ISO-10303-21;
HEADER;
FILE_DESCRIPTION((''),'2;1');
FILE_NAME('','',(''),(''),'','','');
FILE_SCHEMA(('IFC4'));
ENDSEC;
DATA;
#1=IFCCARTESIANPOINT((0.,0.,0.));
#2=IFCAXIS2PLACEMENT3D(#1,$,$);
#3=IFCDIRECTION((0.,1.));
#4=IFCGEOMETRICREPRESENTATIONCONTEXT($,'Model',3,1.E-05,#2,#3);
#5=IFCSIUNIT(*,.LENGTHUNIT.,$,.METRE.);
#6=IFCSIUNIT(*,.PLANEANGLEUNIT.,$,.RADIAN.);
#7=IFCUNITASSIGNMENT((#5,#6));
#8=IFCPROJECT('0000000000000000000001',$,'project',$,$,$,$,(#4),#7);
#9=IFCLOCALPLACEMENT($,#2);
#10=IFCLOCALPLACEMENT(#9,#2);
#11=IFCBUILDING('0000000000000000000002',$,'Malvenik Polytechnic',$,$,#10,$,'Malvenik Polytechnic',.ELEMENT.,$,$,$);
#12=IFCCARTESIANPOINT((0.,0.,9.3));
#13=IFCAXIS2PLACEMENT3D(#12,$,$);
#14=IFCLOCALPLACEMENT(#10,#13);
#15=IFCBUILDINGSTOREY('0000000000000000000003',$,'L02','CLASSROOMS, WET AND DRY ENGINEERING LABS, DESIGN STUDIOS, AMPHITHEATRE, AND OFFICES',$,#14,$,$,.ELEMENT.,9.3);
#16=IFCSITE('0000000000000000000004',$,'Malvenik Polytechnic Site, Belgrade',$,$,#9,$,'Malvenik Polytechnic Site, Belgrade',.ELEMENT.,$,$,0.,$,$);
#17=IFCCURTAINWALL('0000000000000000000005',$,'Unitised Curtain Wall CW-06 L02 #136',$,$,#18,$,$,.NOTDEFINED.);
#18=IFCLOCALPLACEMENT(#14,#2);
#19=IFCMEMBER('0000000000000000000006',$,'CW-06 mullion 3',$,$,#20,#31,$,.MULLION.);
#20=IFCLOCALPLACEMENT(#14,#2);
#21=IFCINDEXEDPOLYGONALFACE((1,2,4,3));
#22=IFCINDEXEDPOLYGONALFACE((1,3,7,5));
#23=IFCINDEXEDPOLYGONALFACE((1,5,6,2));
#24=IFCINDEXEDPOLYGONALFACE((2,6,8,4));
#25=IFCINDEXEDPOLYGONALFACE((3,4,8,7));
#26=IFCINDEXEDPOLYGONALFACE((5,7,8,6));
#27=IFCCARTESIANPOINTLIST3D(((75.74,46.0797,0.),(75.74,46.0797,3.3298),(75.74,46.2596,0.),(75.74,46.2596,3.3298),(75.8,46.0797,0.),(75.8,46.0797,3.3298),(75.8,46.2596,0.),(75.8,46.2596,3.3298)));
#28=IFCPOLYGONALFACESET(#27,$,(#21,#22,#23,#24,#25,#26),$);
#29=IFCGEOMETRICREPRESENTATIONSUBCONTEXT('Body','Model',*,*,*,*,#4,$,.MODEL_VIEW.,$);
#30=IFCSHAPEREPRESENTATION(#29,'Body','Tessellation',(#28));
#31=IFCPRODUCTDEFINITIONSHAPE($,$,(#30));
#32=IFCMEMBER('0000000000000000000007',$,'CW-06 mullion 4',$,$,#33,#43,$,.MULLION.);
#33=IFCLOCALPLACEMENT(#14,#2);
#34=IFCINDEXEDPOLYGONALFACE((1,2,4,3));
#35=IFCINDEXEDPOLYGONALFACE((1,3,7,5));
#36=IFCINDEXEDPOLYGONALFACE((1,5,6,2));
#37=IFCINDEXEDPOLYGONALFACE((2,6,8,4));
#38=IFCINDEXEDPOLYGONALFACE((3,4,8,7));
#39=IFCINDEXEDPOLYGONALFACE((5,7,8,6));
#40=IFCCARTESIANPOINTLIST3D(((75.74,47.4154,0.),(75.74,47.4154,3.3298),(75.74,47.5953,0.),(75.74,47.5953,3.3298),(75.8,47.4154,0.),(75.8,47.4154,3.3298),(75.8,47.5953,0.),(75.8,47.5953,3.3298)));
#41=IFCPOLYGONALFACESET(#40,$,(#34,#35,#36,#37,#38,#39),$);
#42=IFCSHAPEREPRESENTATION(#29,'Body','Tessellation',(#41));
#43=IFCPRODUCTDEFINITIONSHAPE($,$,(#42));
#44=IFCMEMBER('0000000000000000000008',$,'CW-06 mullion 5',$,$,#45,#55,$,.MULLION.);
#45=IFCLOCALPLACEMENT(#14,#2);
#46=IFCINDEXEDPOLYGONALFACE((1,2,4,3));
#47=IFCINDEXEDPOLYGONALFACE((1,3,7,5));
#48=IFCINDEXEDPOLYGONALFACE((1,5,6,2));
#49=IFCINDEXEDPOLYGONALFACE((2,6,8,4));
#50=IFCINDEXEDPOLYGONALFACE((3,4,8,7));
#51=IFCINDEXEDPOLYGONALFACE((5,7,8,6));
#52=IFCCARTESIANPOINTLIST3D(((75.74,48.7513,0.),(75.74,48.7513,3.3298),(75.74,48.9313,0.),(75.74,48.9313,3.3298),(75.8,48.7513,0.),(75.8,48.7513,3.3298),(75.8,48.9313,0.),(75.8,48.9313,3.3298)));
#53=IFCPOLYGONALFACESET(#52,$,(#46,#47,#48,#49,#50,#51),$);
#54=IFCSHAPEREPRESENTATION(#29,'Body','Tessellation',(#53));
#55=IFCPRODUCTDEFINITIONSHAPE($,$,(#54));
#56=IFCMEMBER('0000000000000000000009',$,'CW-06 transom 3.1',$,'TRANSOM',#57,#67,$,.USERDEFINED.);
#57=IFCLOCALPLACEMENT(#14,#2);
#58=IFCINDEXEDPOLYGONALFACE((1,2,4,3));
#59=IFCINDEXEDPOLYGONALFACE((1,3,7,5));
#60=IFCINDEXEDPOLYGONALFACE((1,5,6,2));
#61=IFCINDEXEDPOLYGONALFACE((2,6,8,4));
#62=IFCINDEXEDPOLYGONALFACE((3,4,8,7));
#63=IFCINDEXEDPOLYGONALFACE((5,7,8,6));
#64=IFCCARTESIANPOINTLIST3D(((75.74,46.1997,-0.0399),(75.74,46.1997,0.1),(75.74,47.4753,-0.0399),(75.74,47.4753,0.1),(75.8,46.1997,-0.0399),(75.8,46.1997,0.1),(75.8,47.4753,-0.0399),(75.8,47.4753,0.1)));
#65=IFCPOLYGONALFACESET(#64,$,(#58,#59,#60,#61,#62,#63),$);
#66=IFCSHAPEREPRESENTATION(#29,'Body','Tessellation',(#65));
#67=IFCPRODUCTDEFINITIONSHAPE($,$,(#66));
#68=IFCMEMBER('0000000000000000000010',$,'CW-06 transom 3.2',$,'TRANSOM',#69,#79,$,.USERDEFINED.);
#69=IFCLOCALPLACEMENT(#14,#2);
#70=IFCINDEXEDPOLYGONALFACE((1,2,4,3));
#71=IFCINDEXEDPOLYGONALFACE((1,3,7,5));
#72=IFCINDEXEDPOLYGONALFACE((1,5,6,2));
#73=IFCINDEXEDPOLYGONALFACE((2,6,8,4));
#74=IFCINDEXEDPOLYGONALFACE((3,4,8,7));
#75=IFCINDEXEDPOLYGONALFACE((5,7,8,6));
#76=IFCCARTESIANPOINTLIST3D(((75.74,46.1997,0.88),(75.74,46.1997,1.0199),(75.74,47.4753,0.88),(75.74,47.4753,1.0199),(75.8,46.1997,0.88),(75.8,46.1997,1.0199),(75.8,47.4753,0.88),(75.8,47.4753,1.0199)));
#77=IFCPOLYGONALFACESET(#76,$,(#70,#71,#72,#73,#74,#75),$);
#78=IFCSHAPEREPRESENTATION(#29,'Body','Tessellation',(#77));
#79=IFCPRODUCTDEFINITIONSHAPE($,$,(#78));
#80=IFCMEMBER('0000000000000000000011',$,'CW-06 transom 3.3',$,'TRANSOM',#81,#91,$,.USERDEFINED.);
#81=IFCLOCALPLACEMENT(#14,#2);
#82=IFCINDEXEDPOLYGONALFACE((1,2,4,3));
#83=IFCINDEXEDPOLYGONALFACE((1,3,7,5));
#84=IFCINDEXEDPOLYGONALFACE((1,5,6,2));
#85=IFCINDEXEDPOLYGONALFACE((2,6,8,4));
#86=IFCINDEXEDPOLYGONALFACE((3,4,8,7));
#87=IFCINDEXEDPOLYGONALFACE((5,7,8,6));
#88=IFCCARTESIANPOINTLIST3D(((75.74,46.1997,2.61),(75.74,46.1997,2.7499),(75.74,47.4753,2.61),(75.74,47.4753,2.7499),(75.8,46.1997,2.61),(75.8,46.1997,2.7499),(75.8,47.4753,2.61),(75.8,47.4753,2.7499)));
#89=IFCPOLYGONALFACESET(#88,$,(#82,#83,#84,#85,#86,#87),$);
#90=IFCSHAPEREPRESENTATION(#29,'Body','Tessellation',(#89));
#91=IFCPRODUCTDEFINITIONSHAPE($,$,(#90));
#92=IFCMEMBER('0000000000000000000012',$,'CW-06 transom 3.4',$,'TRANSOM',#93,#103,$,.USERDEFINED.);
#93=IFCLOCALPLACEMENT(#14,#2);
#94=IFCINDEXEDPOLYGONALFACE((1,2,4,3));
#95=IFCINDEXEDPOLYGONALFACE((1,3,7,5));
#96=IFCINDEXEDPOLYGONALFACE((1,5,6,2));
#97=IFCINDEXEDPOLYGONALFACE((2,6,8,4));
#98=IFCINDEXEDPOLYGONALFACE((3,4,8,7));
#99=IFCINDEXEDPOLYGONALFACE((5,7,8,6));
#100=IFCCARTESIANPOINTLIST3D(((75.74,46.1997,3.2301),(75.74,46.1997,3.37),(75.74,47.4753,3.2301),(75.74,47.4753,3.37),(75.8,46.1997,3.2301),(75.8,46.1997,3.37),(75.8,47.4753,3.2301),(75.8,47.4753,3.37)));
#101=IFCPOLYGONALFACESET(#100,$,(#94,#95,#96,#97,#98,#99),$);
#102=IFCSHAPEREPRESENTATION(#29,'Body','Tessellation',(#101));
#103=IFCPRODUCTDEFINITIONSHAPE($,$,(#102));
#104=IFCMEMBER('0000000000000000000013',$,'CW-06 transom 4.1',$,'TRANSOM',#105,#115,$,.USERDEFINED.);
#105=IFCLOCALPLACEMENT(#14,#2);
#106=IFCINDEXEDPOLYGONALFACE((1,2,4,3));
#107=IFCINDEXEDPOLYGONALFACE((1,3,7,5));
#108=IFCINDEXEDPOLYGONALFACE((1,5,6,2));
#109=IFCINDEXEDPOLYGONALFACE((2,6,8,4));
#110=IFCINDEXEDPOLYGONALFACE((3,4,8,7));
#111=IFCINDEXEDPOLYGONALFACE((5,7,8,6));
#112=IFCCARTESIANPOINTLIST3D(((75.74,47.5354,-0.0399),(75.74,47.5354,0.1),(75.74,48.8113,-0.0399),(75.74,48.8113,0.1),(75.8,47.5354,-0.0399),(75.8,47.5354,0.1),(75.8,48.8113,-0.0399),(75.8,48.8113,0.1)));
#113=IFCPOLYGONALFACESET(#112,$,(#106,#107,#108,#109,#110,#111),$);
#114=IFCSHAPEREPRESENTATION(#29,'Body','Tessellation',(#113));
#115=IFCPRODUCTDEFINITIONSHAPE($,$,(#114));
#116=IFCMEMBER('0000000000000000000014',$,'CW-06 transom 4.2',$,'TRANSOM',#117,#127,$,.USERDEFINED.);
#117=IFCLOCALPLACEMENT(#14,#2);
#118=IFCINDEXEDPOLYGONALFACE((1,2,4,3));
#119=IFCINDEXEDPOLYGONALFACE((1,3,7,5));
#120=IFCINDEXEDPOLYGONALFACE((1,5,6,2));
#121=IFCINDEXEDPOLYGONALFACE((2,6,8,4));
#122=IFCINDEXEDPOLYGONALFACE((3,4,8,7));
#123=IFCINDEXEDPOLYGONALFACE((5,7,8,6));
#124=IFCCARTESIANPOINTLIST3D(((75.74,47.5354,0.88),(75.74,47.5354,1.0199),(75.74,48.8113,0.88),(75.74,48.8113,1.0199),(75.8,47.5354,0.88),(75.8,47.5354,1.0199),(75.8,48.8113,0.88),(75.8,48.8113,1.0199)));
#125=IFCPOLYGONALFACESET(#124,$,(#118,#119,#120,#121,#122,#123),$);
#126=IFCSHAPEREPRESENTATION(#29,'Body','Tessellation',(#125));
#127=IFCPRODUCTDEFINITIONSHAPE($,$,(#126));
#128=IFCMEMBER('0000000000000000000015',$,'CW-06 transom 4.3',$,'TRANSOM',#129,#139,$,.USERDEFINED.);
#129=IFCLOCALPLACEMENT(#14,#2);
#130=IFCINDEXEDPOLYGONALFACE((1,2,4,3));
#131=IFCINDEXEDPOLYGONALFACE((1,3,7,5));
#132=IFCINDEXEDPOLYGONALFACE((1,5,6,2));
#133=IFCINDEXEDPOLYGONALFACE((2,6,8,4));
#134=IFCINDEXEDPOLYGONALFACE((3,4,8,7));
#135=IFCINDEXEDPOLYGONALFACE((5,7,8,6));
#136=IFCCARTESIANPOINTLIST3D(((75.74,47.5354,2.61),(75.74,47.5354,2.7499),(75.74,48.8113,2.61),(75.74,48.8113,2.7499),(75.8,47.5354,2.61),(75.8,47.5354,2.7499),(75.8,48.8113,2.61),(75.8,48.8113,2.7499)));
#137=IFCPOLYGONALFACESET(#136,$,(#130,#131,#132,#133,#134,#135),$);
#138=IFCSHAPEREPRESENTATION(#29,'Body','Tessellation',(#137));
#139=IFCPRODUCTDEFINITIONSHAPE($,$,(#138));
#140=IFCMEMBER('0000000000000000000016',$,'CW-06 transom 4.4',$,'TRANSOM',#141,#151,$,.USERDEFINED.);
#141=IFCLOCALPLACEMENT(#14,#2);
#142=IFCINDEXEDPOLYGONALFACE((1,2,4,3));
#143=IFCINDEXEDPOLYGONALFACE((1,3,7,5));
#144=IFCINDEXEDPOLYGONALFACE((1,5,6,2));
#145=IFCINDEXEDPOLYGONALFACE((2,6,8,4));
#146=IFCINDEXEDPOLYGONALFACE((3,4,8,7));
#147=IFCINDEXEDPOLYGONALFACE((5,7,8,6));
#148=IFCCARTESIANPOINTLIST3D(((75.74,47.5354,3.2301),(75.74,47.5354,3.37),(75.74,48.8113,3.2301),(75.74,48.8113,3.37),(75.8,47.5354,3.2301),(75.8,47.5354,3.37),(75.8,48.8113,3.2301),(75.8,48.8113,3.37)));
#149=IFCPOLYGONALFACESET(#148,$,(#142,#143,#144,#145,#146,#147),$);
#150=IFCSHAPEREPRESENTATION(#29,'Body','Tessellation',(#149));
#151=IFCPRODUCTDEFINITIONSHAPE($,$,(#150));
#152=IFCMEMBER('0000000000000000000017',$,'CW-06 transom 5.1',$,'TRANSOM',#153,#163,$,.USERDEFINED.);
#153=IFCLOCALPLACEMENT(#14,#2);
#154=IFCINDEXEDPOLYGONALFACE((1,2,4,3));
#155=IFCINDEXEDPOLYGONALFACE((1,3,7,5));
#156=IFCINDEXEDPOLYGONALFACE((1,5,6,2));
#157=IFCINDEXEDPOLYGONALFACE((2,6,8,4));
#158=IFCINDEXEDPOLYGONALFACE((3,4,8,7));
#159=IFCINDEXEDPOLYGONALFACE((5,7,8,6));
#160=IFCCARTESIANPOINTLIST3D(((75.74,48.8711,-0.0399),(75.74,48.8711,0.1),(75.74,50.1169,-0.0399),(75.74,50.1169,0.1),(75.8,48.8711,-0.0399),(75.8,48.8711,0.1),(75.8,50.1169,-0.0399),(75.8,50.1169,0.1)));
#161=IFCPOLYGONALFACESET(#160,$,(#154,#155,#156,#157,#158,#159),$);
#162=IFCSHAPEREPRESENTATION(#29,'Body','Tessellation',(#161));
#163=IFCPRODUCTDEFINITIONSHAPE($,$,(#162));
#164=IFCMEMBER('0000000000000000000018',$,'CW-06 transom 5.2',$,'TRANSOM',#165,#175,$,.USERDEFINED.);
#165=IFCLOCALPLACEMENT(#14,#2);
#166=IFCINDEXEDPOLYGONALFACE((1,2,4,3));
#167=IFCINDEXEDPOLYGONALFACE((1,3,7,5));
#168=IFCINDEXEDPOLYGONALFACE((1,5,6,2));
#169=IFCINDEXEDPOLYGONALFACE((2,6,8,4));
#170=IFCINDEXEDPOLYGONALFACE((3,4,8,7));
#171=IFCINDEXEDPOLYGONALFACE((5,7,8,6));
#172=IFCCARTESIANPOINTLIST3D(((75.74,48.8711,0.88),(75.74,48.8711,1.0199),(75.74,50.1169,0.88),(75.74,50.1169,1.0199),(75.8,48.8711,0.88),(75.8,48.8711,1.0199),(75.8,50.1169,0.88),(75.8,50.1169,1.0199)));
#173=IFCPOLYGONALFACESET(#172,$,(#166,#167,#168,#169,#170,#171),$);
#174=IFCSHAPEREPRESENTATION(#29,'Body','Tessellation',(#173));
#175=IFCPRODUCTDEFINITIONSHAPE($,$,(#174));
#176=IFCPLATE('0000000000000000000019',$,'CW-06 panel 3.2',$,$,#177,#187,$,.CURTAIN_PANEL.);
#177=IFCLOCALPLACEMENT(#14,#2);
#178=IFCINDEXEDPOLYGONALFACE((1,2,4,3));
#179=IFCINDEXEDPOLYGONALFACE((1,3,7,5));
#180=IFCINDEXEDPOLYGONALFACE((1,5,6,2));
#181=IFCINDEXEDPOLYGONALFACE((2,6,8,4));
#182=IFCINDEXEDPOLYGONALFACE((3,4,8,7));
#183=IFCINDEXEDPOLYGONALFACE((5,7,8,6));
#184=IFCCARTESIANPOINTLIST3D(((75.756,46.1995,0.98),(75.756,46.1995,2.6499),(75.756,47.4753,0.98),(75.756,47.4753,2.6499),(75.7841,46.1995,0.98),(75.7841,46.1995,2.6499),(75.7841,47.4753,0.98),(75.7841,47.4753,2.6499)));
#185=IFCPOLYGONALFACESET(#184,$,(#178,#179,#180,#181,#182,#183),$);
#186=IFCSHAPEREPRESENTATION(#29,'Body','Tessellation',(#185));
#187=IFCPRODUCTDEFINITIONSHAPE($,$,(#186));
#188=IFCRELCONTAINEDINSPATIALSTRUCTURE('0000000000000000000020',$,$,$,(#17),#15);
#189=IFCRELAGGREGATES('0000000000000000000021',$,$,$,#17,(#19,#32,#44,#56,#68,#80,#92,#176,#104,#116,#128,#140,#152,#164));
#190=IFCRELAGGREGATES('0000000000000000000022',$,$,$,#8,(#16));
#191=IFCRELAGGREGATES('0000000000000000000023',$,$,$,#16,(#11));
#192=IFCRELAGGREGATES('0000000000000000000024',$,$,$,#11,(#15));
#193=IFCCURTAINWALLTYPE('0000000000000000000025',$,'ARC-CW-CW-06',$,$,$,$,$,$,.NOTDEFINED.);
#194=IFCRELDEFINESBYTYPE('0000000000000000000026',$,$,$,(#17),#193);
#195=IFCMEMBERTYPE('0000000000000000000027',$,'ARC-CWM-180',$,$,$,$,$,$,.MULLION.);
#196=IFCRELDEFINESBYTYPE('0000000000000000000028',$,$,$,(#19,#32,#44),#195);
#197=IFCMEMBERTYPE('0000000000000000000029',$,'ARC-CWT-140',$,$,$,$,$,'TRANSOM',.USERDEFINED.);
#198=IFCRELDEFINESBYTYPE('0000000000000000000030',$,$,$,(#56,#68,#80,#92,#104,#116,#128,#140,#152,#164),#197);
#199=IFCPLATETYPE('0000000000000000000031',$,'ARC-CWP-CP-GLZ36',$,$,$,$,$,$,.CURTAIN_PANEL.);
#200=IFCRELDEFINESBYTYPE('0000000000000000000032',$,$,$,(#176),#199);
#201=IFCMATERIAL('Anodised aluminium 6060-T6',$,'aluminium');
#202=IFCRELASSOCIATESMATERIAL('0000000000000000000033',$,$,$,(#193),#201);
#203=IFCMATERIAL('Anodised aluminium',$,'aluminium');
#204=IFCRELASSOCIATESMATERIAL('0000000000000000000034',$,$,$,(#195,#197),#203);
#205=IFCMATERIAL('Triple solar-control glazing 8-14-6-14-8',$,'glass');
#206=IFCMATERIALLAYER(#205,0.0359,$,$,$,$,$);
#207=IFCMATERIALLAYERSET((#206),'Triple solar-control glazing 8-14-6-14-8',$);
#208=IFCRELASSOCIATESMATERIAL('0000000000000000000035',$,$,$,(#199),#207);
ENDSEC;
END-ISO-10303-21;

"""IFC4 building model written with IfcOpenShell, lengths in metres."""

from ifc_helpers import new_model, si_unit, direction, frame, origin, origin_2d, place, context, subcontext, project, spatial, rectangle, extrude, material, layer, layer_set, material_profile, profile_set, type_object, element, aggregate, save


model = new_model("IFC4")

# Units and contexts
model_context = context("Model", 3, precision=1e-05, world=origin(), true_north=direction((0.0, 1.0)))
body_context = subcontext(model_context, "Body", "Model", "MODEL_VIEW")
ifc_project = project(units=[si_unit("LENGTHUNIT", "METRE"), si_unit("PLANEANGLEUNIT", "RADIAN")], contexts=[model_context])

# Site, building, storey
site_placement = place(None, origin())
site = spatial("IfcSite", under=ifc_project, at=site_placement, Name="Malvenik Polytechnic Site, Belgrade", LongName="Malvenik Polytechnic Site, Belgrade", CompositionType="ELEMENT", RefElevation=0.0)
building_placement = place(site_placement, origin())
building = spatial("IfcBuilding", under=site, at=building_placement, Name="Malvenik Polytechnic", LongName="Malvenik Polytechnic", CompositionType="ELEMENT")
storey_placement = place(building_placement, frame((0.0, 0.0, 9.3)))
storey = spatial("IfcBuildingStorey", under=building, at=storey_placement, Name="L02", Description="CLASSROOMS, WET AND DRY ENGINEERING LABS, DESIGN STUDIOS, AMPHITHEATRE, AND OFFICES", CompositionType="ELEMENT", Elevation=9.3)

# Curtain wall, members, plate
ifc_material_1 = material(Name="Anodised aluminium 6060-T6", Category="aluminium")
curtain_wall_type = type_object("IfcCurtainWallType", Name="ARC-CW-CW-06", PredefinedType="NOTDEFINED", material=ifc_material_1)
curtain_wall_placement = place(storey_placement, origin())
curtain_wall = element("IfcCurtainWall", 1, at=curtain_wall_placement, inside=storey, type_object=curtain_wall_type, Name="Unitised Curtain Wall CW-06 L02 #136", PredefinedType="NOTDEFINED")
ifc_material_2 = material(Name="Anodised aluminium", Category="aluminium")
ifc_material_profile_1 = material_profile(ifc_material_2, rectangle(XDim=0.0601, YDim=0.1799, at=origin_2d()), Name="ALU MULLION 60x180")
ifc_profile_set_1 = profile_set([ifc_material_profile_1], Name="Anodised aluminium")
member_type_1 = type_object("IfcMemberType", Name="ARC-CWM-180", PredefinedType="MULLION", material=ifc_profile_set_1)
member_1_placement = place(storey_placement, frame((75.77, 46.1697, 0.0), z_axis=(0.0, 0.0, 1.0), x_axis=(-1.0, 0.0, 0.0)))
member_1 = element("IfcMember", 2, at=member_1_placement, type_object=member_type_1, Name="CW-06 mullion 3", PredefinedType="MULLION", context=body_context, shape_type="SweptSolid", body=[
    extrude(rectangle(XDim=0.0601, YDim=0.1799, at=origin_2d()), origin(), (0.0, 0.0, 1.0), 3.3298),
])
member_2_placement = place(storey_placement, frame((75.77, 47.5054, 0.0), z_axis=(0.0, 0.0, 1.0), x_axis=(-1.0, 0.0, 0.0)))
member_2 = element("IfcMember", 3, at=member_2_placement, type_object=member_type_1, Name="CW-06 mullion 4", PredefinedType="MULLION", context=body_context, shape_type="SweptSolid", body=[
    extrude(rectangle(XDim=0.0601, YDim=0.1799, at=origin_2d()), origin(), (0.0, 0.0, 1.0), 3.3298),
])
member_3_placement = place(storey_placement, frame((75.77, 48.8413, 0.0), z_axis=(0.0, 0.0, 1.0), x_axis=(-1.0, 0.0, 0.0)))
member_3 = element("IfcMember", 4, at=member_3_placement, type_object=member_type_1, Name="CW-06 mullion 5", PredefinedType="MULLION", context=body_context, shape_type="SweptSolid", body=[
    extrude(rectangle(XDim=0.0601, YDim=0.1799, at=origin_2d()), origin(), (0.0, 0.0, 1.0), 3.3298),
])
ifc_material_profile_2 = material_profile(ifc_material_2, rectangle(XDim=0.0601, YDim=0.1399, at=origin_2d()), Name="ALU TRANSOM 60x140")
ifc_profile_set_2 = profile_set([ifc_material_profile_2], Name="Anodised aluminium")
member_type_2 = type_object("IfcMemberType", Name="ARC-CWT-140", ElementType="TRANSOM", PredefinedType="USERDEFINED", material=ifc_profile_set_2)
member_4_placement = place(storey_placement, frame((75.77, 46.1997, 0.03), z_axis=(0.0, 1.0, 0.0), x_axis=(-1.0, 0.0, 0.0)))
member_4 = element("IfcMember", 5, at=member_4_placement, type_object=member_type_2, Name="CW-06 transom 3.1", ObjectType="TRANSOM", PredefinedType="USERDEFINED", context=body_context, shape_type="SweptSolid", body=[
    extrude(rectangle(XDim=0.0601, YDim=0.1399, at=origin_2d()), origin(), (0.0, 0.0, 1.0), 1.2756),
])
member_5_placement = place(storey_placement, frame((75.77, 46.1997, 0.95), z_axis=(0.0, 1.0, 0.0), x_axis=(-1.0, 0.0, 0.0)))
member_5 = element("IfcMember", 6, at=member_5_placement, type_object=member_type_2, Name="CW-06 transom 3.2", ObjectType="TRANSOM", PredefinedType="USERDEFINED", context=body_context, shape_type="SweptSolid", body=[
    extrude(rectangle(XDim=0.0601, YDim=0.1399, at=origin_2d()), origin(), (0.0, 0.0, 1.0), 1.2756),
])
member_6_placement = place(storey_placement, frame((75.77, 46.1997, 2.6799), z_axis=(0.0, 1.0, 0.0), x_axis=(-1.0, 0.0, 0.0)))
member_6 = element("IfcMember", 7, at=member_6_placement, type_object=member_type_2, Name="CW-06 transom 3.3", ObjectType="TRANSOM", PredefinedType="USERDEFINED", context=body_context, shape_type="SweptSolid", body=[
    extrude(rectangle(XDim=0.0601, YDim=0.1399, at=origin_2d()), origin(), (0.0, 0.0, 1.0), 1.2756),
])
member_7_placement = place(storey_placement, frame((75.77, 46.1997, 3.3), z_axis=(0.0, 1.0, 0.0), x_axis=(-1.0, 0.0, 0.0)))
member_7 = element("IfcMember", 8, at=member_7_placement, type_object=member_type_2, Name="CW-06 transom 3.4", ObjectType="TRANSOM", PredefinedType="USERDEFINED", context=body_context, shape_type="SweptSolid", body=[
    extrude(rectangle(XDim=0.0601, YDim=0.1399, at=origin_2d()), origin(), (0.0, 0.0, 1.0), 1.2756),
])
member_8_placement = place(storey_placement, frame((75.77, 47.5354, 0.03), z_axis=(0.0, 1.0, 0.0), x_axis=(-1.0, 0.0, 0.0)))
member_8 = element("IfcMember", 9, at=member_8_placement, type_object=member_type_2, Name="CW-06 transom 4.1", ObjectType="TRANSOM", PredefinedType="USERDEFINED", context=body_context, shape_type="SweptSolid", body=[
    extrude(rectangle(XDim=0.0601, YDim=0.1399, at=origin_2d()), origin(), (0.0, 0.0, 1.0), 1.2759),
])
member_9_placement = place(storey_placement, frame((75.77, 47.5354, 0.95), z_axis=(0.0, 1.0, 0.0), x_axis=(-1.0, 0.0, 0.0)))
member_9 = element("IfcMember", 10, at=member_9_placement, type_object=member_type_2, Name="CW-06 transom 4.2", ObjectType="TRANSOM", PredefinedType="USERDEFINED", context=body_context, shape_type="SweptSolid", body=[
    extrude(rectangle(XDim=0.0601, YDim=0.1399, at=origin_2d()), origin(), (0.0, 0.0, 1.0), 1.2759),
])
member_10_placement = place(storey_placement, frame((75.77, 47.5354, 2.6799), z_axis=(0.0, 1.0, 0.0), x_axis=(-1.0, 0.0, 0.0)))
member_10 = element("IfcMember", 11, at=member_10_placement, type_object=member_type_2, Name="CW-06 transom 4.3", ObjectType="TRANSOM", PredefinedType="USERDEFINED", context=body_context, shape_type="SweptSolid", body=[
    extrude(rectangle(XDim=0.0601, YDim=0.1399, at=origin_2d()), origin(), (0.0, 0.0, 1.0), 1.2759),
])
member_11_placement = place(storey_placement, frame((75.77, 47.5354, 3.3), z_axis=(0.0, 1.0, 0.0), x_axis=(-1.0, 0.0, 0.0)))
member_11 = element("IfcMember", 12, at=member_11_placement, type_object=member_type_2, Name="CW-06 transom 4.4", ObjectType="TRANSOM", PredefinedType="USERDEFINED", context=body_context, shape_type="SweptSolid", body=[
    extrude(rectangle(XDim=0.0601, YDim=0.1399, at=origin_2d()), origin(), (0.0, 0.0, 1.0), 1.2759),
])
member_12_placement = place(storey_placement, frame((75.77, 48.8711, 0.03), z_axis=(0.0, 1.0, 0.0), x_axis=(-1.0, 0.0, 0.0)))
member_12 = element("IfcMember", 13, at=member_12_placement, type_object=member_type_2, Name="CW-06 transom 5.1", ObjectType="TRANSOM", PredefinedType="USERDEFINED", context=body_context, shape_type="SweptSolid", body=[
    extrude(rectangle(XDim=0.0601, YDim=0.1399, at=origin_2d()), origin(), (0.0, 0.0, 1.0), 1.2458),
])
member_13_placement = place(storey_placement, frame((75.77, 48.8711, 0.95), z_axis=(0.0, 1.0, 0.0), x_axis=(-1.0, 0.0, 0.0)))
member_13 = element("IfcMember", 14, at=member_13_placement, type_object=member_type_2, Name="CW-06 transom 5.2", ObjectType="TRANSOM", PredefinedType="USERDEFINED", context=body_context, shape_type="SweptSolid", body=[
    extrude(rectangle(XDim=0.0601, YDim=0.1399, at=origin_2d()), origin(), (0.0, 0.0, 1.0), 1.2458),
])
ifc_material_3 = material(Name="Triple solar-control glazing 8-14-6-14-8", Category="glass")
ifc_layer_1 = layer(ifc_material_3, 0.0359)
ifc_layer_set_1 = layer_set([ifc_layer_1], Name="Triple solar-control glazing 8-14-6-14-8")
plate_type_1 = type_object("IfcPlateType", Name="ARC-CWP-CP-GLZ36", PredefinedType="CURTAIN_PANEL", material=ifc_layer_set_1)
plate_1_placement = place(storey_placement, frame((75.77, 46.8374, 0.98), z_axis=(0.0, 0.0, 1.0), x_axis=(0.0, 1.0, 0.0)))
plate_1 = element("IfcPlate", 15, at=plate_1_placement, type_object=plate_type_1, Name="CW-06 panel 3.2", PredefinedType="CURTAIN_PANEL", context=body_context, shape_type="SweptSolid", body=[
    extrude(rectangle(XDim=1.2759, YDim=0.0281, at=origin_2d()), origin(), (0.0, 0.0, 1.0), 1.6699),
])
aggregate(curtain_wall, [member_1, member_2, member_3, member_4, member_5, member_6, member_7, plate_1, member_8, member_9, member_10, member_11, member_12, member_13])

save(model, "model.ifc")
